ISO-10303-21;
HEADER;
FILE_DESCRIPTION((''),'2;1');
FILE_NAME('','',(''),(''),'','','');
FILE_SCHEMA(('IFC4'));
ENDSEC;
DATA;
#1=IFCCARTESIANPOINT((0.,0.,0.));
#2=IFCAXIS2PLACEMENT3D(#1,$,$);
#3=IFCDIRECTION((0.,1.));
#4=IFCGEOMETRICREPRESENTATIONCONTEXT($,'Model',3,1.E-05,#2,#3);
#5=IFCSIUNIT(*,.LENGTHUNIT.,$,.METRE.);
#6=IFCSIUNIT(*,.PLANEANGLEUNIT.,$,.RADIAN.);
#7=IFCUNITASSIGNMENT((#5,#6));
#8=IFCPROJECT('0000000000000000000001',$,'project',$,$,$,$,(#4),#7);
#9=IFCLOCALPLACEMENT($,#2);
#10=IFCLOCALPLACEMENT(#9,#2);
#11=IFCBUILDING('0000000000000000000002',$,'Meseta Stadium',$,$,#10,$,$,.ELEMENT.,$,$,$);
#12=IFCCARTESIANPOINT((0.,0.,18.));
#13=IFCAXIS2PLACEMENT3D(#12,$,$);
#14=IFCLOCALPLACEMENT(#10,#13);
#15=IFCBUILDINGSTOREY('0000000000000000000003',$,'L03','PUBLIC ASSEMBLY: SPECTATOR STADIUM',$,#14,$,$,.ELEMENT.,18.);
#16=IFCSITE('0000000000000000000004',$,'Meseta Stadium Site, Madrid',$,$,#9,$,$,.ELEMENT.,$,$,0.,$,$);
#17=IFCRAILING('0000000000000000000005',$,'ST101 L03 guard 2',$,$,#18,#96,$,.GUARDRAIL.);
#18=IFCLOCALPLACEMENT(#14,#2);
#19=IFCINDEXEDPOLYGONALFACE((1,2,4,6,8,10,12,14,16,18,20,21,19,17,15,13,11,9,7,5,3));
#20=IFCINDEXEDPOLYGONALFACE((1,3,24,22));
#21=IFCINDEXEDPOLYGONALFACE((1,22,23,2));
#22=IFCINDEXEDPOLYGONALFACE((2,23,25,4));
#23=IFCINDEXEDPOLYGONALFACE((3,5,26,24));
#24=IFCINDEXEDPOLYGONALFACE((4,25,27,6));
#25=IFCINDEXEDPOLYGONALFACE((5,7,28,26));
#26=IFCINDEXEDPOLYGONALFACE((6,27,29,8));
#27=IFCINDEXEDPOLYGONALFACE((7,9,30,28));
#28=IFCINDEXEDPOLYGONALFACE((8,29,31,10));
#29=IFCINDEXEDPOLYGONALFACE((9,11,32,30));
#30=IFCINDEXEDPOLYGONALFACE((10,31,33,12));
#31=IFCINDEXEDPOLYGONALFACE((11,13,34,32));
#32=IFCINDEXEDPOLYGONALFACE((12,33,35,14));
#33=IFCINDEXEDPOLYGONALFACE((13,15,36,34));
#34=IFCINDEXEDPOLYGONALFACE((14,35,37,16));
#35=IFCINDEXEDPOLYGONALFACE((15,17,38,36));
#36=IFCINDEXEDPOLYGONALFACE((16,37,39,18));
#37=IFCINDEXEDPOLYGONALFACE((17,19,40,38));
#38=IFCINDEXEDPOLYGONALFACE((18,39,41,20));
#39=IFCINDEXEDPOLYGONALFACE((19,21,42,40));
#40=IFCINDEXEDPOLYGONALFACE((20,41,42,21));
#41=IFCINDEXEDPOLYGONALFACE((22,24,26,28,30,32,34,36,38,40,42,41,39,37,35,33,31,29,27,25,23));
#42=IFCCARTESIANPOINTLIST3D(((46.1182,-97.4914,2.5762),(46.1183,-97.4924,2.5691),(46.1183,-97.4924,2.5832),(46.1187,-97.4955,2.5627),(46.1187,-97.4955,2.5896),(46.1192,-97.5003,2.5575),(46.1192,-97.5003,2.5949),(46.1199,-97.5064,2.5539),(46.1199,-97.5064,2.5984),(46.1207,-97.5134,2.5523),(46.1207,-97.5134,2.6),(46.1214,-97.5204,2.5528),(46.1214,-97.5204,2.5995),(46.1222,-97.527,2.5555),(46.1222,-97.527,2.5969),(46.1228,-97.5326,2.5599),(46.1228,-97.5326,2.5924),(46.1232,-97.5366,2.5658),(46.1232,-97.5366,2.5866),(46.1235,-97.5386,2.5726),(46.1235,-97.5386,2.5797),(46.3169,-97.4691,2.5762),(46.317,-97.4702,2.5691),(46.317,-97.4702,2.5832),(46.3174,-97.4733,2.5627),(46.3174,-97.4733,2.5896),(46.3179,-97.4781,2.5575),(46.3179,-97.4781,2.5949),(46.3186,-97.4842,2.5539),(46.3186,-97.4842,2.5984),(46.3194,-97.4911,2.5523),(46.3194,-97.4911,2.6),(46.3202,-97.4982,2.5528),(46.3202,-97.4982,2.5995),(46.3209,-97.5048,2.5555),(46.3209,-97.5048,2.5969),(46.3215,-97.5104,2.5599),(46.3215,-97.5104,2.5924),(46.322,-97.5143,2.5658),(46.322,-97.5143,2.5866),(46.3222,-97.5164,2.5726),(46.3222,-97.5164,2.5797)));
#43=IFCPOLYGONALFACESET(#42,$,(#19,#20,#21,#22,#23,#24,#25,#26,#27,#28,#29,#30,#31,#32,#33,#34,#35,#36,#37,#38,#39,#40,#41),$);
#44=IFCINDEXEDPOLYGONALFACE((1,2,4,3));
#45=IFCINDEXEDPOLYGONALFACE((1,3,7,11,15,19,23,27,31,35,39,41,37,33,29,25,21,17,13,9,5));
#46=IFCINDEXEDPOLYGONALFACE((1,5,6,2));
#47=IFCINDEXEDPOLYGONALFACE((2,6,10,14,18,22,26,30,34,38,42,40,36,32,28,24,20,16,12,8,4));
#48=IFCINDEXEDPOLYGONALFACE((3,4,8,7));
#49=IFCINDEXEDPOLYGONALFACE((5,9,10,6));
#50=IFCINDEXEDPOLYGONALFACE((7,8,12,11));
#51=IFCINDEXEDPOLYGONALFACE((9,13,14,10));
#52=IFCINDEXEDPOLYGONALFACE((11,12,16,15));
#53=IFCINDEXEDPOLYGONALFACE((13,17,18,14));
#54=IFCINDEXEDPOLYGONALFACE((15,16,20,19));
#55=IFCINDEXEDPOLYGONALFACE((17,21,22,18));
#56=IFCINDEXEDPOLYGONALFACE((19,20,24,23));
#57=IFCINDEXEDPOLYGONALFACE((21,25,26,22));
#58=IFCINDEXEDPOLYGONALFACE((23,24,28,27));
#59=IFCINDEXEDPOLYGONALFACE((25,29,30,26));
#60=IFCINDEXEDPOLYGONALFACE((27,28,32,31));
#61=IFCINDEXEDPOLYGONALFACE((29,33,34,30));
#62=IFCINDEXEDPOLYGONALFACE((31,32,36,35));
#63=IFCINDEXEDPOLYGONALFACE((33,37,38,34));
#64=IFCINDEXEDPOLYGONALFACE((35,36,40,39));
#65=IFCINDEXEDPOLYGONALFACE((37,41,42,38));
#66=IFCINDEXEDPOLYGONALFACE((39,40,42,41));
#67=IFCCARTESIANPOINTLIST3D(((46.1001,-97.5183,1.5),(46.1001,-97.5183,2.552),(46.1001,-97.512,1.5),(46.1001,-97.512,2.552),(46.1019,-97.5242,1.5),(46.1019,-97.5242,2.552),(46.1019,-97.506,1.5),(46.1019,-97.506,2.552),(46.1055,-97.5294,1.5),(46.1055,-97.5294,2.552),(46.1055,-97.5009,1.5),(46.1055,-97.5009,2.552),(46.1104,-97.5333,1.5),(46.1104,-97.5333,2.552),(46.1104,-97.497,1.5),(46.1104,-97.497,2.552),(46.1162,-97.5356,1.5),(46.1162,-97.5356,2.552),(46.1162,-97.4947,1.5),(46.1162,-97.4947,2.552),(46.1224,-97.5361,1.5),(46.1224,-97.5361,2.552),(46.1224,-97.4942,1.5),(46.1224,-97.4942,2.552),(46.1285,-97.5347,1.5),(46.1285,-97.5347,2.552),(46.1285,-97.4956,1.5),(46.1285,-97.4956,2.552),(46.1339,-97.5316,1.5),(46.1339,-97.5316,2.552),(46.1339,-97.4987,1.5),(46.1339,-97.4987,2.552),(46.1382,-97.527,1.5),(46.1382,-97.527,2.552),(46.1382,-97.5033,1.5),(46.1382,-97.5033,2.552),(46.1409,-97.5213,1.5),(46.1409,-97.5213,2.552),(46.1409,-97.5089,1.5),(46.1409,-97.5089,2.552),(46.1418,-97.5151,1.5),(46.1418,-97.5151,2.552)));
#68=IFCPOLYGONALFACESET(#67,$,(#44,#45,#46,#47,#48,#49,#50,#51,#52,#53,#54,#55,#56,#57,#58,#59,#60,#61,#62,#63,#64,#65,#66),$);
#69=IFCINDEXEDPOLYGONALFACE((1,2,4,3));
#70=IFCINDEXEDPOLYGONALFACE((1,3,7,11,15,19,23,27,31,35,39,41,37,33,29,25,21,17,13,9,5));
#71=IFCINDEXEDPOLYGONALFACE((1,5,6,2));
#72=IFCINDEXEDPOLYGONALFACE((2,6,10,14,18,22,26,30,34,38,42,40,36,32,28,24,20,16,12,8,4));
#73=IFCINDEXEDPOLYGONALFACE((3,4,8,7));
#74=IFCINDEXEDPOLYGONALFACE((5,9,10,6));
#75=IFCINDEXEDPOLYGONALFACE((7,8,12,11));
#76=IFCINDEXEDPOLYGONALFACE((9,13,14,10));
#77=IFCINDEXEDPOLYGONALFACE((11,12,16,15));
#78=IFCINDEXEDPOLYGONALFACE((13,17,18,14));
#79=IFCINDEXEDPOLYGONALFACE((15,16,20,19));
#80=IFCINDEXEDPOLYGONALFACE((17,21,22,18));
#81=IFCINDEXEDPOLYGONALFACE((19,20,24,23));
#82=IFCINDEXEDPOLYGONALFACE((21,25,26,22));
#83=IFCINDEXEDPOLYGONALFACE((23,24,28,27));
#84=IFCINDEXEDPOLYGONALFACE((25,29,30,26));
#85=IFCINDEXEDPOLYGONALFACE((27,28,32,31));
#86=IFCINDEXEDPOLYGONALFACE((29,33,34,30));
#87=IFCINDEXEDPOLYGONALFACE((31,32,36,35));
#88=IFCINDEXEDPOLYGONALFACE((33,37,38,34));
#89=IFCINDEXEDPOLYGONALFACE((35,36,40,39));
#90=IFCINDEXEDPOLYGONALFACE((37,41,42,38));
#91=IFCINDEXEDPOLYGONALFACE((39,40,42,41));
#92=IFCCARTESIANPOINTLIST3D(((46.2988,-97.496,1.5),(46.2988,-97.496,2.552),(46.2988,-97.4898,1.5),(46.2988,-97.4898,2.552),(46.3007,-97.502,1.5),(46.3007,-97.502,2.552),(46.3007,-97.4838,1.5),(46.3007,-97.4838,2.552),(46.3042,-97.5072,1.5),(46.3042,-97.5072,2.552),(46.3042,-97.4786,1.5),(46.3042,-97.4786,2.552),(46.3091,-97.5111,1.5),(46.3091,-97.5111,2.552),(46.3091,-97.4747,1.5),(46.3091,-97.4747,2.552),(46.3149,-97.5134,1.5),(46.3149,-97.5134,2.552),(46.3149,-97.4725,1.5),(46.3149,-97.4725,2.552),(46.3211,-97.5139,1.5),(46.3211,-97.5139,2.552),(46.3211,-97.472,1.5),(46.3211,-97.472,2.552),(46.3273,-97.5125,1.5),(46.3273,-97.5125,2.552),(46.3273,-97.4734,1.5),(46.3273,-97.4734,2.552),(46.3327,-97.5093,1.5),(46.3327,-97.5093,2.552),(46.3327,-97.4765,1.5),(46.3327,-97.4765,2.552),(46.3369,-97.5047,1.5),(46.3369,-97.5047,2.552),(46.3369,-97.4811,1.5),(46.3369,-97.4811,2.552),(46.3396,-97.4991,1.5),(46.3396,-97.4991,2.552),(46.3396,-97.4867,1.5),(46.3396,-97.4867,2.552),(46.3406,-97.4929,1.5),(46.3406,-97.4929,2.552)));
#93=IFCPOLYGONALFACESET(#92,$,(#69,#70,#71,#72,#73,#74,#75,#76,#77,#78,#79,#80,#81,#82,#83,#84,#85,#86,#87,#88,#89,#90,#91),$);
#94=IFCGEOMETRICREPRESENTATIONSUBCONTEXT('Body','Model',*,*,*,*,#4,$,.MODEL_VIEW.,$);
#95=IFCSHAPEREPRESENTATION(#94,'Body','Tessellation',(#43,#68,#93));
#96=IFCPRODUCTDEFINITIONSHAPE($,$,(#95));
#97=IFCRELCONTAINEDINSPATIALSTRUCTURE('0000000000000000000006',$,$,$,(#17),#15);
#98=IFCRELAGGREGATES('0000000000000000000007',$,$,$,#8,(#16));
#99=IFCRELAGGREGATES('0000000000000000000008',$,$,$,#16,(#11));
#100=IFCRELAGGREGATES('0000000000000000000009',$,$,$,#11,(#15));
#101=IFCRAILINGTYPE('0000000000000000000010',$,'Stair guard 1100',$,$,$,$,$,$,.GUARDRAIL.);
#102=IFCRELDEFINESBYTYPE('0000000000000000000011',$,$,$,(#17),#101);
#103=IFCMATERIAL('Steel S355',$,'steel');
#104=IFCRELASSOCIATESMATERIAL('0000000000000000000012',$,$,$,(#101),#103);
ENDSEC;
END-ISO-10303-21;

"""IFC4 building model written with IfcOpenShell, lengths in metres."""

from ifc_helpers import new_model, si_unit, direction, frame, origin, origin_2d, place, context, subcontext, project, spatial, circle, extrude, material, type_object, element, save


model = new_model("IFC4")

# Units and contexts
model_context = context("Model", 3, precision=1e-05, world=origin(), true_north=direction((0.0, 1.0)))
body_context = subcontext(model_context, "Body", "Model", "MODEL_VIEW")
ifc_project = project(units=[si_unit("LENGTHUNIT", "METRE"), si_unit("PLANEANGLEUNIT", "RADIAN")], contexts=[model_context])

# Site, building, storey
site_placement = place(None, origin())
site = spatial("IfcSite", under=ifc_project, at=site_placement, Name="Meseta Stadium Site, Madrid", CompositionType="ELEMENT", RefElevation=0.0)
building_placement = place(site_placement, origin())
building = spatial("IfcBuilding", under=site, at=building_placement, Name="Meseta Stadium", CompositionType="ELEMENT")
storey_placement = place(building_placement, frame((0.0, 0.0, 18.0)))
storey = spatial("IfcBuildingStorey", under=building, at=storey_placement, Name="L03", Description="PUBLIC ASSEMBLY: SPECTATOR STADIUM", CompositionType="ELEMENT", Elevation=18.0)

# Railing
ifc_material_1 = material(Name="Steel S355", Category="steel")
railing_type_1 = type_object("IfcRailingType", Name="Stair guard 1100", PredefinedType="GUARDRAIL", material=ifc_material_1)
railing_1_placement = place(storey_placement, frame((46.1208, -97.5151, 1.5)))
element("IfcRailing", 1, at=railing_1_placement, inside=storey, type_object=railing_type_1, Name="ST101 L03 guard 2", PredefinedType="GUARDRAIL", context=body_context, shape_type="SweptSolid", body=[
    extrude(circle(Radius=0.0239, at=origin_2d()), frame((0.0, 0.0, 1.0762), z_axis=(0.993809, 0.111102, 0.0), x_axis=(-0.111102, 0.993809, 0.0)), (0.0, 0.0, 1.0), 0.2),
    extrude(circle(Radius=0.021, at=origin_2d()), origin(), (0.0, 0.0, 1.0), 1.052),
    extrude(circle(Radius=0.021, at=origin_2d()), frame((0.1987, 0.0222, 0.0)), (0.0, 0.0, 1.0), 1.052),
])

save(model, "model.ifc")
